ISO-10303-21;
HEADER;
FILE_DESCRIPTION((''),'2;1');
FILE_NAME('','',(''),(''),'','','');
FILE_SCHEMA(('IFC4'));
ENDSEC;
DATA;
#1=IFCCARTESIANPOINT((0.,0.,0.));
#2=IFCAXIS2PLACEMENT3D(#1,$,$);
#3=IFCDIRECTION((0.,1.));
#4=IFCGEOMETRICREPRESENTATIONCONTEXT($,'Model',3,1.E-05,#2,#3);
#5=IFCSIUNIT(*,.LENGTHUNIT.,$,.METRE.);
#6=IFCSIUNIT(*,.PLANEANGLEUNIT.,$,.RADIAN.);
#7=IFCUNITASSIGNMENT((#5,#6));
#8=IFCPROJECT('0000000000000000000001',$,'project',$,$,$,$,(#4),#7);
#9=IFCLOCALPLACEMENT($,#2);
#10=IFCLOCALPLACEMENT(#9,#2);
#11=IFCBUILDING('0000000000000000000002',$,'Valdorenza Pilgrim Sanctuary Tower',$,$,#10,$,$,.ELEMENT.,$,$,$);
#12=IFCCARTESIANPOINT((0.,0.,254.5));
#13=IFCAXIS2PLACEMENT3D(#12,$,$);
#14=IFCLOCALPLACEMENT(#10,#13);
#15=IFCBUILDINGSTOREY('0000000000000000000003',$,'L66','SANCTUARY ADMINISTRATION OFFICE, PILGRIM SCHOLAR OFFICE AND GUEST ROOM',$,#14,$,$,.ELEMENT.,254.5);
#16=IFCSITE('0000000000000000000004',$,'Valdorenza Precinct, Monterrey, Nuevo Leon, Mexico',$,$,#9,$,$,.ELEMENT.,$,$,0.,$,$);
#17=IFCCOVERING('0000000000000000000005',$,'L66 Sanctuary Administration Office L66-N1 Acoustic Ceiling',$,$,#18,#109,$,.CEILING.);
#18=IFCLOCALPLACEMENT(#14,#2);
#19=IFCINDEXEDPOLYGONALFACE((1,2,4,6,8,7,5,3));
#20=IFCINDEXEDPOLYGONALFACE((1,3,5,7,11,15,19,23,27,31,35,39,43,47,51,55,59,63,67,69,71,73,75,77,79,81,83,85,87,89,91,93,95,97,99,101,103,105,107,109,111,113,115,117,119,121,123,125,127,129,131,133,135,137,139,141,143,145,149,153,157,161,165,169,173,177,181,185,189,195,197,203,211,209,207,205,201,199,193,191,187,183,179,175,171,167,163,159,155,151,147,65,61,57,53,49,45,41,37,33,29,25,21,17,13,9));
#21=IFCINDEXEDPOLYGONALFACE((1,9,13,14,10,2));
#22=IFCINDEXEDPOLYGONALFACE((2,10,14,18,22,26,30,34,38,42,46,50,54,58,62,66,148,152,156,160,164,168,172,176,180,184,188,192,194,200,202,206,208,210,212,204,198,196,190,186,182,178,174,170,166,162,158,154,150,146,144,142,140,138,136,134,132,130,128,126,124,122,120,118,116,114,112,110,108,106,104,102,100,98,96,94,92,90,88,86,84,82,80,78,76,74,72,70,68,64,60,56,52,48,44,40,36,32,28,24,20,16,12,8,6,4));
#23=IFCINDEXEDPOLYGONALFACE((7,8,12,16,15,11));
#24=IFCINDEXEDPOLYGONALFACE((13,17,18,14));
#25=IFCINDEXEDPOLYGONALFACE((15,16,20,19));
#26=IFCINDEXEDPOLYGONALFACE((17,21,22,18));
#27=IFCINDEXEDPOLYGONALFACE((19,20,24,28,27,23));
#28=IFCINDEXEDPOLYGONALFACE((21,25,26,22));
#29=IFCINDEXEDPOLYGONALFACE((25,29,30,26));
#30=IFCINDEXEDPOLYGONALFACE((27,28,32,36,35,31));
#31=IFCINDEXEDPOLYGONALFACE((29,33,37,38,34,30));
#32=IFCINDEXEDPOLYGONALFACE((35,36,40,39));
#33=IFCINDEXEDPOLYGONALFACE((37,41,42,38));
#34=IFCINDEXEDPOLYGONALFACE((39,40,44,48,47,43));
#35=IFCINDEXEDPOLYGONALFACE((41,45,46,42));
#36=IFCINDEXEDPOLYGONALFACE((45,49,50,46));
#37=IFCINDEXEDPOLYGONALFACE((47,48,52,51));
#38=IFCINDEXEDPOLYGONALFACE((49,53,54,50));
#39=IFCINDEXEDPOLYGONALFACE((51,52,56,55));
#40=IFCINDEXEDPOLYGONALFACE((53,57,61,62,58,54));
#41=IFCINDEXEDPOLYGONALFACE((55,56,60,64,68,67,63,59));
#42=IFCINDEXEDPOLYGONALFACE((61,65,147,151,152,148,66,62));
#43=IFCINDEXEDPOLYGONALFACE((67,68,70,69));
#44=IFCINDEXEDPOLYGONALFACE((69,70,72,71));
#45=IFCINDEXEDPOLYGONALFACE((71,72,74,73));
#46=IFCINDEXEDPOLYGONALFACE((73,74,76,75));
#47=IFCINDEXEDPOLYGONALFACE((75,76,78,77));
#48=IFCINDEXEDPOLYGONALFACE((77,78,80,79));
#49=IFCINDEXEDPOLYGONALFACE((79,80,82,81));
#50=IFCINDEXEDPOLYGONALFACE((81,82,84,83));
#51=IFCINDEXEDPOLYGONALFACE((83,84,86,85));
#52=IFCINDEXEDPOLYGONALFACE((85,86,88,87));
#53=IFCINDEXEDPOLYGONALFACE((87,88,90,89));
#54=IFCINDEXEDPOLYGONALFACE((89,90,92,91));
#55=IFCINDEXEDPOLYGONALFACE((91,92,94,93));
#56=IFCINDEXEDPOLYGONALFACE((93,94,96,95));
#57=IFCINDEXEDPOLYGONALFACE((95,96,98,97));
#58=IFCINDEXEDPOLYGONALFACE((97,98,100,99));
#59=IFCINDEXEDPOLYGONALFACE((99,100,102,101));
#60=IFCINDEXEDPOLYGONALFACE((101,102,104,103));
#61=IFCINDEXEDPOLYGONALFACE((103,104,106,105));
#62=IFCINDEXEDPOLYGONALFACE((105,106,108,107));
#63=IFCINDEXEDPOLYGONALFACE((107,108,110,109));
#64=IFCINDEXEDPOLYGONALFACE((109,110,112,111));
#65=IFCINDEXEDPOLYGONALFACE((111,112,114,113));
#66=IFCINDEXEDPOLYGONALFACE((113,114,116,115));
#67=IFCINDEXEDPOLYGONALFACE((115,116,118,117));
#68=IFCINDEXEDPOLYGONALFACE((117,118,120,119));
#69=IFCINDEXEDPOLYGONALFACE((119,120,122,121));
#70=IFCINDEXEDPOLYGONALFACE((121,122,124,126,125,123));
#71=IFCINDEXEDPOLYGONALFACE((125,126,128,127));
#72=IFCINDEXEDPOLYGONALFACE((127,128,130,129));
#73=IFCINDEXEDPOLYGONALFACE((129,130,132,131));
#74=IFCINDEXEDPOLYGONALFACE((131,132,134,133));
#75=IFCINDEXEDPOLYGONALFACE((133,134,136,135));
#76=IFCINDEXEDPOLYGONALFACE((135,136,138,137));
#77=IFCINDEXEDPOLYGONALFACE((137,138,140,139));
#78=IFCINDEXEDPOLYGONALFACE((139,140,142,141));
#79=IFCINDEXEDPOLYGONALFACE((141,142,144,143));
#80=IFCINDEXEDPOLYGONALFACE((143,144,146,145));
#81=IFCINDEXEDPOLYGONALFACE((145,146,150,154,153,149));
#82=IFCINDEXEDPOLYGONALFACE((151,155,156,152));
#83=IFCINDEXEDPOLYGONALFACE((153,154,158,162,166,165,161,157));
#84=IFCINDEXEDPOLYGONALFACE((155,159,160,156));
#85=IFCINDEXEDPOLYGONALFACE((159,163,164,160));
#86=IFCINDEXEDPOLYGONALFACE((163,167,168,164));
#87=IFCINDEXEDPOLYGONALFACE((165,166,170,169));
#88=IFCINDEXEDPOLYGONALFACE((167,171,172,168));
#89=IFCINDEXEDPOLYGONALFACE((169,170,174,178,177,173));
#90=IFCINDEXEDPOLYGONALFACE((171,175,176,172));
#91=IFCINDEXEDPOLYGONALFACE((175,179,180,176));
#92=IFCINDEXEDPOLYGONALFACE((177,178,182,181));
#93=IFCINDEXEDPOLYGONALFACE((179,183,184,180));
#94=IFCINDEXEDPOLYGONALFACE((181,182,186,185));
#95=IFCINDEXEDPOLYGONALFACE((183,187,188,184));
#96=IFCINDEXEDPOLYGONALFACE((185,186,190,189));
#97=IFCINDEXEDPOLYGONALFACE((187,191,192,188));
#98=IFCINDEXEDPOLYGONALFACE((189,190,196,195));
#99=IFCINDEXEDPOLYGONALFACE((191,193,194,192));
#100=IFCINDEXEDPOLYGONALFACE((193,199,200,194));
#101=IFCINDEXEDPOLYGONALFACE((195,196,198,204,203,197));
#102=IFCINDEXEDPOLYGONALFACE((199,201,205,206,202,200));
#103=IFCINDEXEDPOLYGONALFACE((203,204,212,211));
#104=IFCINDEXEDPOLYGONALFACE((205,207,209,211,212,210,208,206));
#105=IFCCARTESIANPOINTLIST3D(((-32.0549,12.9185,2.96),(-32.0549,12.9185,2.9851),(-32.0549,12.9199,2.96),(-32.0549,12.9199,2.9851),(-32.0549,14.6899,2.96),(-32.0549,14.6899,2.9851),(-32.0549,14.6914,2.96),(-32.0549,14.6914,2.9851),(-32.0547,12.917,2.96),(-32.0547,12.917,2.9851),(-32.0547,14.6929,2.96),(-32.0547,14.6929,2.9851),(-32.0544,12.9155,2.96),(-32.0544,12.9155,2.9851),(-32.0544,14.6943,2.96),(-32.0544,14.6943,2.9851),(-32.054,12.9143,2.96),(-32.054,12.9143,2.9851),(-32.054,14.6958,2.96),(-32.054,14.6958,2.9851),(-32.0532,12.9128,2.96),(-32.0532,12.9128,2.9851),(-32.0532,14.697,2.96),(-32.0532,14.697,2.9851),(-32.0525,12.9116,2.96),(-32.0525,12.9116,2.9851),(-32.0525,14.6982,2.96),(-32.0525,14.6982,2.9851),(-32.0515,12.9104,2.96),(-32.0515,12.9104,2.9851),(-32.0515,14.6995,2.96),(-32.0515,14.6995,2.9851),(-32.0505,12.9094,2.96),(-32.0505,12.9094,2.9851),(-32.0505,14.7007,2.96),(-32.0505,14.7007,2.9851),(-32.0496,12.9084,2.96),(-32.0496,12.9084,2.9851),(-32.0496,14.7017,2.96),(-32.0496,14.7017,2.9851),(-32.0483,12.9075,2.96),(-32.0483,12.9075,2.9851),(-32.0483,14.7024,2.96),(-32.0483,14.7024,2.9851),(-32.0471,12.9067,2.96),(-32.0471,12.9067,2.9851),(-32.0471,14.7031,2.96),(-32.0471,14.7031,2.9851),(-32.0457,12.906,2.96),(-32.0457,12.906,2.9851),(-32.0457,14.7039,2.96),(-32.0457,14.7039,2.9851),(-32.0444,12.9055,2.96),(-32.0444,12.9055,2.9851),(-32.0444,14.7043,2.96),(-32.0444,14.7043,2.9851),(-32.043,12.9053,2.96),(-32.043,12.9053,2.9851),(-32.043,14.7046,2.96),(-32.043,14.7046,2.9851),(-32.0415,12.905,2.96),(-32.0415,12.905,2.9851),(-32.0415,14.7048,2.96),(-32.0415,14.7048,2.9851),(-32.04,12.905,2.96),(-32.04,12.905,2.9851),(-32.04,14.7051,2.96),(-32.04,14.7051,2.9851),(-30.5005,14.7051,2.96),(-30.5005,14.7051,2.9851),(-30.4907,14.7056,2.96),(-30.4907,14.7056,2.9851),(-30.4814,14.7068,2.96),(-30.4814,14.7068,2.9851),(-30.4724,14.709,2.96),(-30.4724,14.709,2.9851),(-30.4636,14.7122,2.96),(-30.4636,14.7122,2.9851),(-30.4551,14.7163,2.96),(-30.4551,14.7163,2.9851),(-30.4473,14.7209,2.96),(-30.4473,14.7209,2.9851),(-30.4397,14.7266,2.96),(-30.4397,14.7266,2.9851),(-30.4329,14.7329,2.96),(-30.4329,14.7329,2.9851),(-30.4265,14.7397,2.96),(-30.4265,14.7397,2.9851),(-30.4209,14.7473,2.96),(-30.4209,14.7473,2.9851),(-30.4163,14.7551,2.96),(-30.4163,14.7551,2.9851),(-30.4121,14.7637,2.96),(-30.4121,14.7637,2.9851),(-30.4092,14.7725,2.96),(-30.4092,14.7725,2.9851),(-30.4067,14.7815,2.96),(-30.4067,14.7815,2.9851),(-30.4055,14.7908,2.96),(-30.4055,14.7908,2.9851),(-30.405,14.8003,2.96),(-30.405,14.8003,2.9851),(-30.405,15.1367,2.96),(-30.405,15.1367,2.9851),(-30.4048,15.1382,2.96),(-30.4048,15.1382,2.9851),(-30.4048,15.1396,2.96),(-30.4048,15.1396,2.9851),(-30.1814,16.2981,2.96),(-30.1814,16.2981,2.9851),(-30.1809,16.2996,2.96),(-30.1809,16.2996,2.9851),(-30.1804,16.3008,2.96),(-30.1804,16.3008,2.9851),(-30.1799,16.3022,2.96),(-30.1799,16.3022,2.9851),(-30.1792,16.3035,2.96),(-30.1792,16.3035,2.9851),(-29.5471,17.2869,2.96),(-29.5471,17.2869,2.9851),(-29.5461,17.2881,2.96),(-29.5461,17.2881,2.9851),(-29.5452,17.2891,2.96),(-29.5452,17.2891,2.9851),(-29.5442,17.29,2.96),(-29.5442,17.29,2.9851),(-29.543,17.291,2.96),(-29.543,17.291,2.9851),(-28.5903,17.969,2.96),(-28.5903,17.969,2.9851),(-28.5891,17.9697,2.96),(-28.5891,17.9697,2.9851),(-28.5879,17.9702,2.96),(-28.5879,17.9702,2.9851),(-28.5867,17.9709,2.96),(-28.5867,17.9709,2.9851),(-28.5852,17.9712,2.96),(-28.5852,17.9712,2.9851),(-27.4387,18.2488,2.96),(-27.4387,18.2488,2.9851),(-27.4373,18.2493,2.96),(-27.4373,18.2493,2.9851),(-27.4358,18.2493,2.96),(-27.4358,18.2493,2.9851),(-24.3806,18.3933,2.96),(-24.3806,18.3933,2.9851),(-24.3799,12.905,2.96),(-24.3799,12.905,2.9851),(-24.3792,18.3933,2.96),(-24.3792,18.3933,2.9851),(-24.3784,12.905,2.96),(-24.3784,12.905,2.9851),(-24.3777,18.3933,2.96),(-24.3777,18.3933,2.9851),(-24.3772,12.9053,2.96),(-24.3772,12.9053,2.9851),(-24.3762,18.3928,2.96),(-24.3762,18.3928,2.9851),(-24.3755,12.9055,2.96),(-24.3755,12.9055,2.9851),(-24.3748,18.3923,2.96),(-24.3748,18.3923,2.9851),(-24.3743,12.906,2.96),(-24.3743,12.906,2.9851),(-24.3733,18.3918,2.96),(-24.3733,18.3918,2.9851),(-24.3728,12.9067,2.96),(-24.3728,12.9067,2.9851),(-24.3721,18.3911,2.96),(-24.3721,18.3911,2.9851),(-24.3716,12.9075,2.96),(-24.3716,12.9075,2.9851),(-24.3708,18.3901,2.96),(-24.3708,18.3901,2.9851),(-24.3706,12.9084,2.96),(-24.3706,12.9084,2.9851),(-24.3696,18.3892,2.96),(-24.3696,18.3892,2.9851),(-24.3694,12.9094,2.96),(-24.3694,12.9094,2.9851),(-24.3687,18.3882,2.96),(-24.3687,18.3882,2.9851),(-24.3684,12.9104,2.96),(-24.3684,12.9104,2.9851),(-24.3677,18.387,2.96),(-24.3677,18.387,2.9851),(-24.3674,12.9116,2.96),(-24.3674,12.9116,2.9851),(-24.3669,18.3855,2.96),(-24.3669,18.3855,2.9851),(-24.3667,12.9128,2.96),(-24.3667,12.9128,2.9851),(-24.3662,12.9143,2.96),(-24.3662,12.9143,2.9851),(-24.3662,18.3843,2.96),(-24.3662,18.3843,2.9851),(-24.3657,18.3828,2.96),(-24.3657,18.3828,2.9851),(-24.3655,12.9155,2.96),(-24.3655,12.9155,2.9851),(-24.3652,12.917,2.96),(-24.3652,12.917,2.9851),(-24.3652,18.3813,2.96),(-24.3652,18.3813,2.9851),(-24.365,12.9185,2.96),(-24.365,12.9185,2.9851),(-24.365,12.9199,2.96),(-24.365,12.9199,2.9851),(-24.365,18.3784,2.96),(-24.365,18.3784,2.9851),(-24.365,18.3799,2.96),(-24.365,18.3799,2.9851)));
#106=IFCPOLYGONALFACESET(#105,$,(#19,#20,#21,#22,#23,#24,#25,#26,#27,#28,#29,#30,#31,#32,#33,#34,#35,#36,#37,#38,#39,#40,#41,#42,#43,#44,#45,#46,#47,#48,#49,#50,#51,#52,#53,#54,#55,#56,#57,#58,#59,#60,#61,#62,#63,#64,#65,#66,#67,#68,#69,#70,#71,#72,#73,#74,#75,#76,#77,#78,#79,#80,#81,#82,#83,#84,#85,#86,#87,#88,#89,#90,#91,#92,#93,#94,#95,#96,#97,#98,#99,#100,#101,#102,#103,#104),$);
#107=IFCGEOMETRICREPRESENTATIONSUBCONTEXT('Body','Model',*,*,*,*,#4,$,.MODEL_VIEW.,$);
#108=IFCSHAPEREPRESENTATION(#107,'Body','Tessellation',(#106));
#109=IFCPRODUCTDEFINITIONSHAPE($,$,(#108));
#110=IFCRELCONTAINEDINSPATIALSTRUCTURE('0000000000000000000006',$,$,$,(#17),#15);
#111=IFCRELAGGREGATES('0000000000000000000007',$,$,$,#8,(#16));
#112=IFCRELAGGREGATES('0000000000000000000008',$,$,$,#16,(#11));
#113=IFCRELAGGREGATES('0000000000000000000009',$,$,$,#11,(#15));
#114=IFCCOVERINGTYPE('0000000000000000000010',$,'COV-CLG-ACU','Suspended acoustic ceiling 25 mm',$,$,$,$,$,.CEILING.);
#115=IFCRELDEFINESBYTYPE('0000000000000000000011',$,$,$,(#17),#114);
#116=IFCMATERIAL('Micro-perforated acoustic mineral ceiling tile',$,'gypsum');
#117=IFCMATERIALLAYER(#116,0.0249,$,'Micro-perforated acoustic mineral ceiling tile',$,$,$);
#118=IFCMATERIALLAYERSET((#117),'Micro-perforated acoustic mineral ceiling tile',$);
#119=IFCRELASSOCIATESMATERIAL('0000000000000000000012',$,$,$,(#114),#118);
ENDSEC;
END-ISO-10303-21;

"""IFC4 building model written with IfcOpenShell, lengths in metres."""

from ifc_helpers import new_model, si_unit, direction, frame, origin, place, context, subcontext, project, spatial, polyline, outline, extrude, material, layer, layer_set, type_object, element, save


model = new_model("IFC4")

# Units and contexts
model_context = context("Model", 3, precision=1e-05, world=origin(), true_north=direction((0.0, 1.0)))
body_context = subcontext(model_context, "Body", "Model", "MODEL_VIEW")
ifc_project = project(units=[si_unit("LENGTHUNIT", "METRE"), si_unit("PLANEANGLEUNIT", "RADIAN")], contexts=[model_context])

# Site, building, storey
site_placement = place(None, origin())
site = spatial("IfcSite", under=ifc_project, at=site_placement, Name="Valdorenza Precinct, Monterrey, Nuevo Leon, Mexico", CompositionType="ELEMENT", RefElevation=0.0)
building_placement = place(site_placement, origin())
building = spatial("IfcBuilding", under=site, at=building_placement, Name="Valdorenza Pilgrim Sanctuary Tower", CompositionType="ELEMENT")
storey_placement = place(building_placement, frame((0.0, 0.0, 254.5)))
storey = spatial("IfcBuildingStorey", under=building, at=storey_placement, Name="L66", Description="SANCTUARY ADMINISTRATION OFFICE, PILGRIM SCHOLAR OFFICE AND GUEST ROOM", CompositionType="ELEMENT", Elevation=254.5)

# Covering
ifc_material_1 = material(Name="Micro-perforated acoustic mineral ceiling tile", Category="gypsum")
ifc_layer_1 = layer(ifc_material_1, 0.0249, Name="Micro-perforated acoustic mineral ceiling tile")
ifc_layer_set_1 = layer_set([ifc_layer_1], Name="Micro-perforated acoustic mineral ceiling tile")
covering_type_1 = type_object("IfcCoveringType", Name="COV-CLG-ACU", Description="Suspended acoustic ceiling 25 mm", PredefinedType="CEILING", material=ifc_layer_set_1)
covering_1_placement = place(storey_placement, frame((0.0, 0.0, 2.96)))
element("IfcCovering", 1, at=covering_1_placement, inside=storey, type_object=covering_type_1, Name="L66 Sanctuary Administration Office L66-N1 Acoustic Ceiling", PredefinedType="CEILING", context=body_context, shape_type="SweptSolid", body=[
    extrude(outline(polyline([(-32.04, 12.905), (-32.0415, 12.905), (-32.043, 12.9053), (-32.0444, 12.9055), (-32.0457, 12.906), (-32.0471, 12.9067), (-32.0483, 12.9075), (-32.0496, 12.9084), (-32.0505, 12.9094), (-32.0515, 12.9104), (-32.0525, 12.9116), (-32.0532, 12.9128), (-32.054, 12.9143), (-32.0544, 12.9155), (-32.0547, 12.917), (-32.0549, 12.9185), (-32.0549, 12.9199), (-32.0549, 14.6899), (-32.0549, 14.6914), (-32.0547, 14.6929), (-32.0544, 14.6943), (-32.054, 14.6958), (-32.0532, 14.697), (-32.0525, 14.6982), (-32.0515, 14.6995), (-32.0505, 14.7007), (-32.0496, 14.7017), (-32.0483, 14.7024), (-32.0471, 14.7031), (-32.0457, 14.7039), (-32.0444, 14.7043), (-32.043, 14.7046), (-32.0415, 14.7048), (-32.04, 14.7051), (-30.5005, 14.7051), (-30.4907, 14.7056), (-30.4814, 14.7068), (-30.4724, 14.709), (-30.4636, 14.7122), (-30.4551, 14.7163), (-30.4473, 14.7209), (-30.4397, 14.7266), (-30.4329, 14.7329), (-30.4265, 14.7397), (-30.4209, 14.7473), (-30.4163, 14.7551), (-30.4121, 14.7637), (-30.4092, 14.7725), (-30.4067, 14.7815), (-30.4055, 14.7908), (-30.405, 14.8003), (-30.405, 15.1367), (-30.4048, 15.1382), (-30.4048, 15.1396), (-30.1814, 16.2981), (-30.1809, 16.2996), (-30.1804, 16.3008), (-30.1799, 16.3022), (-30.1792, 16.3035), (-29.5471, 17.2869), (-29.5461, 17.2881), (-29.5452, 17.2891), (-29.5442, 17.29), (-29.543, 17.291), (-28.5903, 17.969), (-28.5891, 17.9697), (-28.5879, 17.9702), (-28.5867, 17.9709), (-28.5852, 17.9712), (-27.4387, 18.2488), (-27.4373, 18.2493), (-27.4358, 18.2493), (-24.3806, 18.3933), (-24.3792, 18.3933), (-24.3777, 18.3933), (-24.3762, 18.3928), (-24.3748, 18.3923), (-24.3733, 18.3918), (-24.3721, 18.3911), (-24.3708, 18.3901), (-24.3696, 18.3892), (-24.3687, 18.3882), (-24.3677, 18.387), (-24.3669, 18.3855), (-24.3662, 18.3843), (-24.3657, 18.3828), (-24.3652, 18.3813), (-24.365, 18.3799), (-24.365, 18.3784), (-24.365, 12.9199), (-24.365, 12.9185), (-24.3652, 12.917), (-24.3655, 12.9155), (-24.3662, 12.9143), (-24.3667, 12.9128), (-24.3674, 12.9116), (-24.3684, 12.9104), (-24.3694, 12.9094), (-24.3706, 12.9084), (-24.3716, 12.9075), (-24.3728, 12.9067), (-24.3743, 12.906), (-24.3755, 12.9055), (-24.3772, 12.9053), (-24.3784, 12.905), (-24.3799, 12.905), (-32.04, 12.905)])), origin(), (0.0, 0.0, 1.0), 0.0251),
])

save(model, "model.ifc")
